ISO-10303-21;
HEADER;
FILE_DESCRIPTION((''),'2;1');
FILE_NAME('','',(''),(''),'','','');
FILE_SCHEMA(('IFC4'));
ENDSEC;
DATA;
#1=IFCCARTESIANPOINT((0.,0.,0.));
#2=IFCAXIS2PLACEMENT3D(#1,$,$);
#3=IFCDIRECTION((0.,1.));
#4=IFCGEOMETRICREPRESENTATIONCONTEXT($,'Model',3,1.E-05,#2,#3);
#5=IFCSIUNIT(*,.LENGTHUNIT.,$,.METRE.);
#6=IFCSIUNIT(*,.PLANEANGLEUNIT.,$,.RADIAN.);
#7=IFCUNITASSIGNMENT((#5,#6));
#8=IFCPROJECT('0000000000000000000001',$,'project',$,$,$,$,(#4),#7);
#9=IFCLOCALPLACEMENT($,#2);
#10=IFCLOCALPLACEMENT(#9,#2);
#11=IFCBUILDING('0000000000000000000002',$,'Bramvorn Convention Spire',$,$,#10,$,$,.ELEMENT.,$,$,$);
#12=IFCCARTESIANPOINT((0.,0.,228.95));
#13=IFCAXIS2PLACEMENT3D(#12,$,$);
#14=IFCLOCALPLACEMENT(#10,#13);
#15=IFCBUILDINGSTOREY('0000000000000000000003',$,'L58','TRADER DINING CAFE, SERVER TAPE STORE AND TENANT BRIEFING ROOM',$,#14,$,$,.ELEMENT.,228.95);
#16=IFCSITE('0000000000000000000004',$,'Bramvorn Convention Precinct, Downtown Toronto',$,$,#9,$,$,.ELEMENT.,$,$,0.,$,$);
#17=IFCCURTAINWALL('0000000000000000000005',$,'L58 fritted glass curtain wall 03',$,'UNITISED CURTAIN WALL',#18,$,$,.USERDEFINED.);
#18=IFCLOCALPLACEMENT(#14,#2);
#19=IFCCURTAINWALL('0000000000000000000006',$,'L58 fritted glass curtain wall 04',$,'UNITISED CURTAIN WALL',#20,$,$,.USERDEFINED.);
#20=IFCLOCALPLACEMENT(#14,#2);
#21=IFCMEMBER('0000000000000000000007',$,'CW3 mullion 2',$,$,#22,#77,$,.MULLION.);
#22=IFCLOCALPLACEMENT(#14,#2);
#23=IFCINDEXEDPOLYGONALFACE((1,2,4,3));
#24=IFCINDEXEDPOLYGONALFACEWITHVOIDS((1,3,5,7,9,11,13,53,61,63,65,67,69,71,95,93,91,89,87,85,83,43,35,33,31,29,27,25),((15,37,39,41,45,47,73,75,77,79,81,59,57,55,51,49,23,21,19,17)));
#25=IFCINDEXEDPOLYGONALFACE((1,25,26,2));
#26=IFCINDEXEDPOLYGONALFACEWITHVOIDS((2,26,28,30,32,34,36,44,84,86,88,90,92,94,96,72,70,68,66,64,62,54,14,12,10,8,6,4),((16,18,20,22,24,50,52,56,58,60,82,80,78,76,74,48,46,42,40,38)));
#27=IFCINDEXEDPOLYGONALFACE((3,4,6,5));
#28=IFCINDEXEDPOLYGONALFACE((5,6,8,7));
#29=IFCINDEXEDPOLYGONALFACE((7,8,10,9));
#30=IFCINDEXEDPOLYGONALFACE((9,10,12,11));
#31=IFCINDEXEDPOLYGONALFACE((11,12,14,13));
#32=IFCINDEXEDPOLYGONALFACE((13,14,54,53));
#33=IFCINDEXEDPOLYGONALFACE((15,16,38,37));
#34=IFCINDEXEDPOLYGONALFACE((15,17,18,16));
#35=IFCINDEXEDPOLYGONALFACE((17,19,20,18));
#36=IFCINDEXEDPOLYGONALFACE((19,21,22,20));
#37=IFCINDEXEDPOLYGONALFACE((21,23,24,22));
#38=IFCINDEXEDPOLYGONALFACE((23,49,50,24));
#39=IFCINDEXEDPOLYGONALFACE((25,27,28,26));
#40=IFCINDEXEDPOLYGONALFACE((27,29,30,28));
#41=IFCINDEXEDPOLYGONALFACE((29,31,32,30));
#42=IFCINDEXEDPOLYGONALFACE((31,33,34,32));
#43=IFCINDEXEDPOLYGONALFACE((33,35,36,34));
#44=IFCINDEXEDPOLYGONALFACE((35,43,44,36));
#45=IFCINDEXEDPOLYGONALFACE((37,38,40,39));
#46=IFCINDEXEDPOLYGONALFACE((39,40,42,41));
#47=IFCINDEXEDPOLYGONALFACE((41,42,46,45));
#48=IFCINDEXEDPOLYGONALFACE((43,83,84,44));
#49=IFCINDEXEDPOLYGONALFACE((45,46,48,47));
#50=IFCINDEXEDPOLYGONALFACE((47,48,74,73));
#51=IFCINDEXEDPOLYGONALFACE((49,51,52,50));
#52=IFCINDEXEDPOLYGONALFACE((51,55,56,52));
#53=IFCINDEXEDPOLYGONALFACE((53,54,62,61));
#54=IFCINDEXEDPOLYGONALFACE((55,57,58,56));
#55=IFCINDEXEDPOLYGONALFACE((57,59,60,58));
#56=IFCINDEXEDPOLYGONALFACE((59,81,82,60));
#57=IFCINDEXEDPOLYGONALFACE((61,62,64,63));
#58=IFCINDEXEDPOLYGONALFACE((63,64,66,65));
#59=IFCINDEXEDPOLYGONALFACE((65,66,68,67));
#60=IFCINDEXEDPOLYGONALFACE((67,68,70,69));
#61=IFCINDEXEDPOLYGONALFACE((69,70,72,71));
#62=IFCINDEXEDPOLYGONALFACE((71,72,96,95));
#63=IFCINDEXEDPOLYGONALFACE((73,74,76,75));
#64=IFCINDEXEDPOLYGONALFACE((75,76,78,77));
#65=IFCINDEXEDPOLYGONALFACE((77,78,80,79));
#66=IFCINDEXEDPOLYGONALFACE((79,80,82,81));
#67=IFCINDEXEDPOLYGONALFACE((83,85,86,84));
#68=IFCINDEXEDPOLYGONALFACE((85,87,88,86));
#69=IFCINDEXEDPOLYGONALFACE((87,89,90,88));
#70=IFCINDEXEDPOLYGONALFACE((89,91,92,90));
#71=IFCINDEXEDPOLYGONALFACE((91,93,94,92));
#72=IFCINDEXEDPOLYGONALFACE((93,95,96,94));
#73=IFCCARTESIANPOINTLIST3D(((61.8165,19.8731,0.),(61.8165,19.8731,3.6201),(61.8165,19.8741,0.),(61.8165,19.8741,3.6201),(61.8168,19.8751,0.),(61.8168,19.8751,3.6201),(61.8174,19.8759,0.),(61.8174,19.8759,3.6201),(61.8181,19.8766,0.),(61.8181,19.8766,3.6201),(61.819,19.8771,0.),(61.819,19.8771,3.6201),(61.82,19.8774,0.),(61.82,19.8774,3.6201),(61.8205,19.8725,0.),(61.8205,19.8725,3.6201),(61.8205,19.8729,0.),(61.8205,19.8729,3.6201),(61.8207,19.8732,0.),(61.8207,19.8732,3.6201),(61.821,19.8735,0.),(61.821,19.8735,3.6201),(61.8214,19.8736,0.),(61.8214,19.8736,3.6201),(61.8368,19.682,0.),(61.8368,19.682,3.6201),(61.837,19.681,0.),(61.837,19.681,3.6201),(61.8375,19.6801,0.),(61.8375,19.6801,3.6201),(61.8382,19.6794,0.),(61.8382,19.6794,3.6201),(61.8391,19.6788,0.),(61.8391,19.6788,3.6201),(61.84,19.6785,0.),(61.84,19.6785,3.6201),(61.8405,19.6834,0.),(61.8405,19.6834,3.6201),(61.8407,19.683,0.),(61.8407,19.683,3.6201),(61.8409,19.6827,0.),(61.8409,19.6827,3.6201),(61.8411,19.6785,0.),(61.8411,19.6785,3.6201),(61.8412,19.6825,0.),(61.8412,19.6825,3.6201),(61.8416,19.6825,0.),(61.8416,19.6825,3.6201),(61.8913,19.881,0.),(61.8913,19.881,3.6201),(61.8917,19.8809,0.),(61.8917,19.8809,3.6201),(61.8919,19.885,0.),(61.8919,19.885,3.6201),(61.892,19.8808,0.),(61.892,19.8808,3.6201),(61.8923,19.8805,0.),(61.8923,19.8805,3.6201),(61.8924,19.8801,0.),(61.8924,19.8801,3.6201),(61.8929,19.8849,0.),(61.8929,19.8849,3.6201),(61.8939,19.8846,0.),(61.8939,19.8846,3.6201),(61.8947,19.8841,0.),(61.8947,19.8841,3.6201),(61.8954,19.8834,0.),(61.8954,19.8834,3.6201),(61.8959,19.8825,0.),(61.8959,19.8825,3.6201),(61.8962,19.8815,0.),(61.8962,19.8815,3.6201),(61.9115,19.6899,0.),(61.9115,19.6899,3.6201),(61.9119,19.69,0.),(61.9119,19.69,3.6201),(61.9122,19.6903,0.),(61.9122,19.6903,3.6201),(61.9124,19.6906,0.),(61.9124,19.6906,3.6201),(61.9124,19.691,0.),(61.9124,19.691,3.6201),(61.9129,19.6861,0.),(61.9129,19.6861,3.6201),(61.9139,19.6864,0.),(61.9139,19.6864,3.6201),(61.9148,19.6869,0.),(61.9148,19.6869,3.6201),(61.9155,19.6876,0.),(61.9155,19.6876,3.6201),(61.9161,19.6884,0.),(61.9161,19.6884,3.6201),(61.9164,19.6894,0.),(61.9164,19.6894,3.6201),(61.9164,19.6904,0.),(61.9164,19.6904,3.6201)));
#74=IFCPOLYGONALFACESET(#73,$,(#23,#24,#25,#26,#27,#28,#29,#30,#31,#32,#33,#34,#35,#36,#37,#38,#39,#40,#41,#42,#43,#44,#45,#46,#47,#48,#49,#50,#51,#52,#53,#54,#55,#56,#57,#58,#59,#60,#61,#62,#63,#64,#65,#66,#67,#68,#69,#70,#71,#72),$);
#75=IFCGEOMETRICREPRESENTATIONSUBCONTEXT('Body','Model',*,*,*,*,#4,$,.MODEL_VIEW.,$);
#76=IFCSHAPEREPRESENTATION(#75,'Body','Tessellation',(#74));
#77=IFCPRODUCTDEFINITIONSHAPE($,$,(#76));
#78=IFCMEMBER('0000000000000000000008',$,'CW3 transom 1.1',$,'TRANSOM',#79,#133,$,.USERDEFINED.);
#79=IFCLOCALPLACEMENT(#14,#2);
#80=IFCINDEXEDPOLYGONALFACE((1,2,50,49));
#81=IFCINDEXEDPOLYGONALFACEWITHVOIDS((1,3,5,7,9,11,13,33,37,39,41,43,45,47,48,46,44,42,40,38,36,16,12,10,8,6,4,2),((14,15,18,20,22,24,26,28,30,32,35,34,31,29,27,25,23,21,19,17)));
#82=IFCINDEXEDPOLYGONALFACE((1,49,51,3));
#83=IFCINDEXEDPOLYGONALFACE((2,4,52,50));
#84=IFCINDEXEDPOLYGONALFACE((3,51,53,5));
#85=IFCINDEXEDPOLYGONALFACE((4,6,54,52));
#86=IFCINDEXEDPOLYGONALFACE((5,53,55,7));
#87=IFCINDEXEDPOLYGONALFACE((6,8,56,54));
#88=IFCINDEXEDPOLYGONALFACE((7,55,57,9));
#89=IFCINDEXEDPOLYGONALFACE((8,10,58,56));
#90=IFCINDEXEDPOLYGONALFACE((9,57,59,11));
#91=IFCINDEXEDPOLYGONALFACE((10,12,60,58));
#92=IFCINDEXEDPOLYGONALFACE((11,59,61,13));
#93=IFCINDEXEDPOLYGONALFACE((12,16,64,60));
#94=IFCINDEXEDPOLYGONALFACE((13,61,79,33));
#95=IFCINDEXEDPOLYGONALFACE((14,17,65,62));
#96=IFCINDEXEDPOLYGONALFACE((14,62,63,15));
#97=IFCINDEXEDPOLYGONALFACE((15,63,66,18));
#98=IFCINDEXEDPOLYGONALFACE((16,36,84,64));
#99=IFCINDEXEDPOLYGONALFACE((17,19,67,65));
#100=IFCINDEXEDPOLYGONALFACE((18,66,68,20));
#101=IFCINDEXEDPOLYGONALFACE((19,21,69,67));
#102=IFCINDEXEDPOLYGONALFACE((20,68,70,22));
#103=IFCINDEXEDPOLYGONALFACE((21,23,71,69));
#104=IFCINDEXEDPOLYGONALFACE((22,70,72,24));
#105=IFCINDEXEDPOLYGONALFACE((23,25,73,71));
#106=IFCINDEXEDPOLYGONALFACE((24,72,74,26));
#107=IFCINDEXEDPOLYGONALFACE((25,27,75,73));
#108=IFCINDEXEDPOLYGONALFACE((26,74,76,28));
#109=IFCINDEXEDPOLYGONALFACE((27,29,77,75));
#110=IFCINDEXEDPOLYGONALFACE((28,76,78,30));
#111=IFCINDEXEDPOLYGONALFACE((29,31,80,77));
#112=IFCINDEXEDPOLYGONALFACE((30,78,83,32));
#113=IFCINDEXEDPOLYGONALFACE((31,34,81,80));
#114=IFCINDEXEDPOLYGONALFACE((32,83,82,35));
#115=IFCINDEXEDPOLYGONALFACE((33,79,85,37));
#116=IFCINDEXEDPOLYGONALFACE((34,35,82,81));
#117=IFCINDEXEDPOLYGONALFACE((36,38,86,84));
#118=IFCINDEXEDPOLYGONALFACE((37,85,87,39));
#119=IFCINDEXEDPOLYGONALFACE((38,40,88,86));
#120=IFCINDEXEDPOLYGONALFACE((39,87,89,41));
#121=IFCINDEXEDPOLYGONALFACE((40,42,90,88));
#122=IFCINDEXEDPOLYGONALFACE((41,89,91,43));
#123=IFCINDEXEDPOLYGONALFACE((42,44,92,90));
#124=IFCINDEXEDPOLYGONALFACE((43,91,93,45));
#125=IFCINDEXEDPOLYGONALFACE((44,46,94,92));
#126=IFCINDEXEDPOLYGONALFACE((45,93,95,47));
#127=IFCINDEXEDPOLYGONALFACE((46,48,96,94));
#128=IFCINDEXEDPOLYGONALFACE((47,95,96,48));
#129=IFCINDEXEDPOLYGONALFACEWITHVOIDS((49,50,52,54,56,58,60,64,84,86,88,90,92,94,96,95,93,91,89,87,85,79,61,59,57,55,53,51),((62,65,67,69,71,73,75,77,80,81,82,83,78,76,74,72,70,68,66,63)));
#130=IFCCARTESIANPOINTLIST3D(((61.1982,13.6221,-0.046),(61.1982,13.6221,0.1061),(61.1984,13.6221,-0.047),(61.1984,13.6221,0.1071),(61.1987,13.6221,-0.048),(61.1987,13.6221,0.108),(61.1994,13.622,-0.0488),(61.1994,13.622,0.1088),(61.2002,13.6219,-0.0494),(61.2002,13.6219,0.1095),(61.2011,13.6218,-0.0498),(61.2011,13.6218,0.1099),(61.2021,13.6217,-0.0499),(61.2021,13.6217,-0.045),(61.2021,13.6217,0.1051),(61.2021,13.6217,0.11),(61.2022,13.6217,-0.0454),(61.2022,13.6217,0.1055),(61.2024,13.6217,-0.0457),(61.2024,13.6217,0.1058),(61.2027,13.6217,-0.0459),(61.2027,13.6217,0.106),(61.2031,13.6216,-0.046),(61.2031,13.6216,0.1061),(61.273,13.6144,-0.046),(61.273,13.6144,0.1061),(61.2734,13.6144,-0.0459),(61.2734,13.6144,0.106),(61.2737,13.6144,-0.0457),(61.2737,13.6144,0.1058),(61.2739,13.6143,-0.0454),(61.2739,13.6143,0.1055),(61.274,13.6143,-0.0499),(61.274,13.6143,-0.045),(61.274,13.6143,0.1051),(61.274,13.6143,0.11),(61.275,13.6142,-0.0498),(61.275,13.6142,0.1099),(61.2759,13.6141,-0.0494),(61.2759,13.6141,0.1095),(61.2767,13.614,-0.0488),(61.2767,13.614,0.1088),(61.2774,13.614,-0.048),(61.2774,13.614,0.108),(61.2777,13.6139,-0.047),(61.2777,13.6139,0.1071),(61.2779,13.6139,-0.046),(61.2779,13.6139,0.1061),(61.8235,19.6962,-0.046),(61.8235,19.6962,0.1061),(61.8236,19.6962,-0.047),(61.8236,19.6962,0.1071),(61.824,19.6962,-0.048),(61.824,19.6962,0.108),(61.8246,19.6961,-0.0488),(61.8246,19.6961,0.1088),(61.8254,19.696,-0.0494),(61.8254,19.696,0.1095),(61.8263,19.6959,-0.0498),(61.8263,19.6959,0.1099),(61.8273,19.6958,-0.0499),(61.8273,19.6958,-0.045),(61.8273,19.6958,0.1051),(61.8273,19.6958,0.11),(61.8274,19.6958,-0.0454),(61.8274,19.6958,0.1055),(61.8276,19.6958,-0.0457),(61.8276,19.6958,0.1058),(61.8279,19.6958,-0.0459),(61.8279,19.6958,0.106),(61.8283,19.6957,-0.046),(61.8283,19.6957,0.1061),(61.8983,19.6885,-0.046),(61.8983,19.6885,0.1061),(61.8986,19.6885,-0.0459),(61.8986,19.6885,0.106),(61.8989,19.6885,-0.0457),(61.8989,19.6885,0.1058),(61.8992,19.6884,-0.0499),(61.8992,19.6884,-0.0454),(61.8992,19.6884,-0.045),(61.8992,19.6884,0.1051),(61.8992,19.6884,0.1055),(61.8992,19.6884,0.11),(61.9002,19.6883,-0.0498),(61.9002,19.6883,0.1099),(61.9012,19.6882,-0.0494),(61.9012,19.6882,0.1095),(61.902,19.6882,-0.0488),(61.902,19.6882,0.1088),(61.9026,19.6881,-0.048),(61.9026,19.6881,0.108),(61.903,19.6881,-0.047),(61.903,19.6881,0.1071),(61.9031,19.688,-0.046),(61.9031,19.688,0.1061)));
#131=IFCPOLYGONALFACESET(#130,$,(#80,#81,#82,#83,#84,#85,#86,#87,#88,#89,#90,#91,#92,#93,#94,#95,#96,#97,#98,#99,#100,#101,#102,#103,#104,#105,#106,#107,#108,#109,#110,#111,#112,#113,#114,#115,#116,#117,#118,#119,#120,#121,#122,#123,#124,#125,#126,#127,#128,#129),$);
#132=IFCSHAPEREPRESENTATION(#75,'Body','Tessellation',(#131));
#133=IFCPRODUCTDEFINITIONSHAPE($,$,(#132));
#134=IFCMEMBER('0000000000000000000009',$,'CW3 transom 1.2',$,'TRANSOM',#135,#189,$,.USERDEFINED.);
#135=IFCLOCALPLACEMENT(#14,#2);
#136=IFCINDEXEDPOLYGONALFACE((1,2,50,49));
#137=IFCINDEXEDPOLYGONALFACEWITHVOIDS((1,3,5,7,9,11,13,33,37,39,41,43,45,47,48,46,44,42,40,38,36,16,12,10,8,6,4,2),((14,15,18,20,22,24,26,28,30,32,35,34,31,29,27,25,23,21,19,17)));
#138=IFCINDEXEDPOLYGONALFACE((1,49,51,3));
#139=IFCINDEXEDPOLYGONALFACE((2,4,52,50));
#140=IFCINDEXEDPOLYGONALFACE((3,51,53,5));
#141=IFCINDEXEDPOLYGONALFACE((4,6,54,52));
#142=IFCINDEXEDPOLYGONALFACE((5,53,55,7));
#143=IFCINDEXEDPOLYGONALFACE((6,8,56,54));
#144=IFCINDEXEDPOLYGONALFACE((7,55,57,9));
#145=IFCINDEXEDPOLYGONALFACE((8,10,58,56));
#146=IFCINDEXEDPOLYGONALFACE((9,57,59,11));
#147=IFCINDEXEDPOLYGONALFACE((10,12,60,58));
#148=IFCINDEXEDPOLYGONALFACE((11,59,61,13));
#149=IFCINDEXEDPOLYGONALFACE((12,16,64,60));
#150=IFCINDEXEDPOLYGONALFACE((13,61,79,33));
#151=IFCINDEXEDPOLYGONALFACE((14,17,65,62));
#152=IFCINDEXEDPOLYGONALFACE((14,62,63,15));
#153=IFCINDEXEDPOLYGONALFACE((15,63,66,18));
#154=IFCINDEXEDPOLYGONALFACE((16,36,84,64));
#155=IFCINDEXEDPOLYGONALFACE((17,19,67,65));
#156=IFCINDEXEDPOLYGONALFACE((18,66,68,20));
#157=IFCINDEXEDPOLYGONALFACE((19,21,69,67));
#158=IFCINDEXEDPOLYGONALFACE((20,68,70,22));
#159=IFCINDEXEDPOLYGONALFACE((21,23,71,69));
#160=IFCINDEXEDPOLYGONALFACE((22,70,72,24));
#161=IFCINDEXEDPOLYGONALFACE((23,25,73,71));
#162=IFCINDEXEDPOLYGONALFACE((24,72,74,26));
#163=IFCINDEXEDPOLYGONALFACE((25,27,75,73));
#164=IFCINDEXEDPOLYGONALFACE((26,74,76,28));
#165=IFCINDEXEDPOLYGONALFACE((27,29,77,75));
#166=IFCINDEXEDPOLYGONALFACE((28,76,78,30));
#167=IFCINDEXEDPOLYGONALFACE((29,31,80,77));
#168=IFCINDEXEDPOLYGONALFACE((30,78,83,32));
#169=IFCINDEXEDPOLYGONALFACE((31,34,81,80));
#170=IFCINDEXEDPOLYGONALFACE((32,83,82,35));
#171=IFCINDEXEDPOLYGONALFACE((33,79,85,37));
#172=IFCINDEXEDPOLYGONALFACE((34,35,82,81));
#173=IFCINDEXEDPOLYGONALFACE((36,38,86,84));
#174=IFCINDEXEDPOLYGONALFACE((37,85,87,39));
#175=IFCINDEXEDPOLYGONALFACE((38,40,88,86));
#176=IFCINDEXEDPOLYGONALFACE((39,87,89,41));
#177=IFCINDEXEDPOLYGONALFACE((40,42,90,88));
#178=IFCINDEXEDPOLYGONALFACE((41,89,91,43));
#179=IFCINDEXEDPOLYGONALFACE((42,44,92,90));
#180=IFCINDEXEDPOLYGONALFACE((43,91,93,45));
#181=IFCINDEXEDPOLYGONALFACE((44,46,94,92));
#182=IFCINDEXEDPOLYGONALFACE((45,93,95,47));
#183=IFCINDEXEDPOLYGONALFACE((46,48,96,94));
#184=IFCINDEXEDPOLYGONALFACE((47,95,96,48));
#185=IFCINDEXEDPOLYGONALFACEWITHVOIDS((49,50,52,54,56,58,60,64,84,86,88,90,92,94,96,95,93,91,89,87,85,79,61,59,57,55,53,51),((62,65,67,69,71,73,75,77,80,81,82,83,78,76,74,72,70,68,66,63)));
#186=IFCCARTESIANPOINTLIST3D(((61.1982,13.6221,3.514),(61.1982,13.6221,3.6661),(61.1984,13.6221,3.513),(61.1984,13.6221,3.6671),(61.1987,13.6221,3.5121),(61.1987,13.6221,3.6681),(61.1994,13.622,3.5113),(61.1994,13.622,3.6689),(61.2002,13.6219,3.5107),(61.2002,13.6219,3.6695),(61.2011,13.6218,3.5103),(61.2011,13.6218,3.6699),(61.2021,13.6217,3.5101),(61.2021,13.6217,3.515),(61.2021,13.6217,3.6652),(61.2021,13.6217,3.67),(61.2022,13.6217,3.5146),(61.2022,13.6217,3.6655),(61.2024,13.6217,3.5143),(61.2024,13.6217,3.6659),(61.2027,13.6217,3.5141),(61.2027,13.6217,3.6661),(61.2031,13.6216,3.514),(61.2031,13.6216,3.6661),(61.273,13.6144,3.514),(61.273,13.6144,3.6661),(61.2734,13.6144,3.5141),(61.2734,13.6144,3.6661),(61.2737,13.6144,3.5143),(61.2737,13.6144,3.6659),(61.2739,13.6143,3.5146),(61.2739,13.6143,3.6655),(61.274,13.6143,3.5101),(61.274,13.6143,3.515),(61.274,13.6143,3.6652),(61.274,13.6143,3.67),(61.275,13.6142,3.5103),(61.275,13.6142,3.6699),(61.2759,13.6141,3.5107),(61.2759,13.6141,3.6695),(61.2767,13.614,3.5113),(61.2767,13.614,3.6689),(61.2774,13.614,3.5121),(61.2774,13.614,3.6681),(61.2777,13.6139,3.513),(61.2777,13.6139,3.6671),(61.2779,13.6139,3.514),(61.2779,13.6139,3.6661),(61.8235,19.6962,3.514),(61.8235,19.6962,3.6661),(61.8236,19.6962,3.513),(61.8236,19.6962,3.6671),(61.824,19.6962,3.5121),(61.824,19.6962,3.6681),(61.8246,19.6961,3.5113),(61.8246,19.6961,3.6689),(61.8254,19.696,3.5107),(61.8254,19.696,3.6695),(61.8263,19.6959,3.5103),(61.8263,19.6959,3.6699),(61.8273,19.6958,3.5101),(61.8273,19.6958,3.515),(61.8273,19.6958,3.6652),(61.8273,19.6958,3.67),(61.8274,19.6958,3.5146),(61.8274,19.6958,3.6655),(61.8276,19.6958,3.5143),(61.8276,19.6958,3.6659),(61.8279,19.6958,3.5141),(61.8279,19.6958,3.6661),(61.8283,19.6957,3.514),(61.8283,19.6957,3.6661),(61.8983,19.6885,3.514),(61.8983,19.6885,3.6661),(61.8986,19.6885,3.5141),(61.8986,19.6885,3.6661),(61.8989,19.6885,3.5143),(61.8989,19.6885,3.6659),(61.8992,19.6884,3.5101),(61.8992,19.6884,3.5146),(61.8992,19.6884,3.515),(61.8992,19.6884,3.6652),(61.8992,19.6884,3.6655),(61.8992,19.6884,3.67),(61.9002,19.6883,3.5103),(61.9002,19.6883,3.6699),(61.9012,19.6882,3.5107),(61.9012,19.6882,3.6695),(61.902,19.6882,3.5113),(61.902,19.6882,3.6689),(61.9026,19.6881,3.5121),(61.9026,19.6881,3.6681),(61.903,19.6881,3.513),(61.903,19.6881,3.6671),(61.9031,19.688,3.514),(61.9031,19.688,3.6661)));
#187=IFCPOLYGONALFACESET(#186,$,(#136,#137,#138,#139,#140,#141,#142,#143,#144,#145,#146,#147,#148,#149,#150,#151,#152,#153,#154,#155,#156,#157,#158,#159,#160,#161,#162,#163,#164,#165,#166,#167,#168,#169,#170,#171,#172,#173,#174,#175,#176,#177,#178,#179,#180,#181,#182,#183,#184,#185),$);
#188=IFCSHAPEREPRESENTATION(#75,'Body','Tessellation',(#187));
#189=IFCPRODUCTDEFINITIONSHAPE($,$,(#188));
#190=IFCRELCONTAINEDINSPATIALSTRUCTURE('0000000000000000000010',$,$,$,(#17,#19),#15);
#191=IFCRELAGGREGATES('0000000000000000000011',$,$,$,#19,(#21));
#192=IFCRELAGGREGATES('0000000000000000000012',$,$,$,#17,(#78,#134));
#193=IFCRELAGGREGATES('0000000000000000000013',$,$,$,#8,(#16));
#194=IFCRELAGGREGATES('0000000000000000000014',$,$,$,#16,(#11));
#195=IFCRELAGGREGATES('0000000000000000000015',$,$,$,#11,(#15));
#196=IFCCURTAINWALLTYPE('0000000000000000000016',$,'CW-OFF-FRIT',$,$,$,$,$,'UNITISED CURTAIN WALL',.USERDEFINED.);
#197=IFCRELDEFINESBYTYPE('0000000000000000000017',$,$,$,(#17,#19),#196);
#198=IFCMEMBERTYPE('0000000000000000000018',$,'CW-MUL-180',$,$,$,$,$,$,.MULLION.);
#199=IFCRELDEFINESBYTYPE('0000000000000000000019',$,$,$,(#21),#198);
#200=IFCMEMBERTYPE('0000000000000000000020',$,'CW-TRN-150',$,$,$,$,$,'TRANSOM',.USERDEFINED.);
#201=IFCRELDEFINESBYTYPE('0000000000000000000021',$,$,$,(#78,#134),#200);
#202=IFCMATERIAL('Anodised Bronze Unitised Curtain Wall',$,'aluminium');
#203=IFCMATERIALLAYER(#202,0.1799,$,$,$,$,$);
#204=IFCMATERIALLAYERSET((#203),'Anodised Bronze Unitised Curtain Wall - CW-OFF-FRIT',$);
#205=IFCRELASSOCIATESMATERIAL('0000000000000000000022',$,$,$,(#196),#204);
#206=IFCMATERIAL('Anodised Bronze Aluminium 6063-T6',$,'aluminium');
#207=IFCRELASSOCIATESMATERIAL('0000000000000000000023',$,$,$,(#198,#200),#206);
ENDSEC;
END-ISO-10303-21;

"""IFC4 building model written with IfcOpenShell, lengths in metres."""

from ifc_helpers import new_model, si_unit, direction, frame, origin, origin_2d, place, context, subcontext, project, spatial, hollow_rectangle, extrude, material, layer, layer_set, material_profile, profile_set, type_object, element, aggregate, save


model = new_model("IFC4")

# Units and contexts
model_context = context("Model", 3, precision=1e-05, world=origin(), true_north=direction((0.0, 1.0)))
body_context = subcontext(model_context, "Body", "Model", "MODEL_VIEW")
ifc_project = project(units=[si_unit("LENGTHUNIT", "METRE"), si_unit("PLANEANGLEUNIT", "RADIAN")], contexts=[model_context])

# Site, building, storey
site_placement = place(None, origin())
site = spatial("IfcSite", under=ifc_project, at=site_placement, Name="Bramvorn Convention Precinct, Downtown Toronto", CompositionType="ELEMENT", RefElevation=0.0)
building_placement = place(site_placement, origin())
building = spatial("IfcBuilding", under=site, at=building_placement, Name="Bramvorn Convention Spire", CompositionType="ELEMENT")
storey_placement = place(building_placement, frame((0.0, 0.0, 228.95)))
storey = spatial("IfcBuildingStorey", under=building, at=storey_placement, Name="L58", Description="TRADER DINING CAFE, SERVER TAPE STORE AND TENANT BRIEFING ROOM", CompositionType="ELEMENT", Elevation=228.95)

# Curtain wall
ifc_material_1 = material(Name="Anodised Bronze Unitised Curtain Wall", Category="aluminium")
ifc_layer_1 = layer(ifc_material_1, 0.1799)
ifc_layer_set_1 = layer_set([ifc_layer_1], Name="Anodised Bronze Unitised Curtain Wall - CW-OFF-FRIT")
curtain_wall_type = type_object("IfcCurtainWallType", Name="CW-OFF-FRIT", ElementType="UNITISED CURTAIN WALL", PredefinedType="USERDEFINED", material=ifc_layer_set_1)
curtain_wall_1_placement = place(storey_placement, origin())
curtain_wall_1 = element("IfcCurtainWall", 1, at=curtain_wall_1_placement, inside=storey, type_object=curtain_wall_type, Name="L58 fritted glass curtain wall 03", ObjectType="UNITISED CURTAIN WALL", PredefinedType="USERDEFINED")
ifc_material_2 = material(Name="Anodised Bronze Aluminium 6063-T6", Category="aluminium")
ifc_material_profile_1 = material_profile(ifc_material_2, hollow_rectangle(XDim=0.0801, YDim=0.2, WallThickness=0.0039, InnerFilletRadius=0.001, OuterFilletRadius=0.0039, at=origin_2d()))
ifc_profile_set_1 = profile_set([ifc_material_profile_1], Name="Anodised Bronze Aluminium 6063-T6 - CWM80X200")
member_type_1 = type_object("IfcMemberType", Name="CW-MUL-180", PredefinedType="MULLION", material=ifc_profile_set_1)

# Curtain wall, member
curtain_wall_2_placement = place(storey_placement, origin())
curtain_wall_2 = element("IfcCurtainWall", 2, at=curtain_wall_2_placement, inside=storey, type_object=curtain_wall_type, Name="L58 fritted glass curtain wall 04", ObjectType="UNITISED CURTAIN WALL", PredefinedType="USERDEFINED")
member_1_placement = place(storey_placement, frame((61.8665, 19.7817, 0.0), z_axis=(0.0, 0.0, 1.0), x_axis=(0.994436, 0.105342, 0.0)))
member_1 = element("IfcMember", 3, at=member_1_placement, type_object=member_type_1, Name="CW3 mullion 2", PredefinedType="MULLION", context=body_context, shape_type="SweptSolid", body=[
    extrude(hollow_rectangle(XDim=0.0801, YDim=0.2, WallThickness=0.0039, InnerFilletRadius=0.001, OuterFilletRadius=0.0039, at=origin_2d()), origin(), (0.0, 0.0, 1.0), 3.6201),
])
aggregate(curtain_wall_2, [member_1])

# Members
ifc_material_profile_2 = material_profile(ifc_material_2, hollow_rectangle(XDim=0.0801, YDim=0.1599, WallThickness=0.0039, InnerFilletRadius=0.001, OuterFilletRadius=0.0039, at=origin_2d()))
ifc_profile_set_2 = profile_set([ifc_material_profile_2], Name="Anodised Bronze Aluminium 6063-T6 - CWT80X160")
member_type_2 = type_object("IfcMemberType", Name="CW-TRN-150", ElementType="TRANSOM", PredefinedType="USERDEFINED", material=ifc_profile_set_2)
member_2_placement = place(storey_placement, frame((61.8633, 19.6921, 0.03), z_axis=(-0.102393, -0.994744, 0.0), x_axis=(0.994744, -0.102393, 0.0)))
member_2 = element("IfcMember", 4, at=member_2_placement, type_object=member_type_2, Name="CW3 transom 1.1", ObjectType="TRANSOM", PredefinedType="USERDEFINED", context=body_context, shape_type="SweptSolid", body=[
    extrude(hollow_rectangle(XDim=0.0801, YDim=0.1599, WallThickness=0.0039, InnerFilletRadius=0.001, OuterFilletRadius=0.0039, at=origin_2d()), origin(), (0.0, 0.0, 1.0), 6.1062),
])
member_3_placement = place(storey_placement, frame((61.8633, 19.6921, 3.5901), z_axis=(-0.102393, -0.994744, 0.0), x_axis=(0.994744, -0.102393, 0.0)))
member_3 = element("IfcMember", 5, at=member_3_placement, type_object=member_type_2, Name="CW3 transom 1.2", ObjectType="TRANSOM", PredefinedType="USERDEFINED", context=body_context, shape_type="SweptSolid", body=[
    extrude(hollow_rectangle(XDim=0.0801, YDim=0.1599, WallThickness=0.0039, InnerFilletRadius=0.001, OuterFilletRadius=0.0039, at=origin_2d()), origin(), (0.0, 0.0, 1.0), 6.1062),
])

aggregate(curtain_wall_1, [member_2, member_3])

save(model, "model.ifc")
